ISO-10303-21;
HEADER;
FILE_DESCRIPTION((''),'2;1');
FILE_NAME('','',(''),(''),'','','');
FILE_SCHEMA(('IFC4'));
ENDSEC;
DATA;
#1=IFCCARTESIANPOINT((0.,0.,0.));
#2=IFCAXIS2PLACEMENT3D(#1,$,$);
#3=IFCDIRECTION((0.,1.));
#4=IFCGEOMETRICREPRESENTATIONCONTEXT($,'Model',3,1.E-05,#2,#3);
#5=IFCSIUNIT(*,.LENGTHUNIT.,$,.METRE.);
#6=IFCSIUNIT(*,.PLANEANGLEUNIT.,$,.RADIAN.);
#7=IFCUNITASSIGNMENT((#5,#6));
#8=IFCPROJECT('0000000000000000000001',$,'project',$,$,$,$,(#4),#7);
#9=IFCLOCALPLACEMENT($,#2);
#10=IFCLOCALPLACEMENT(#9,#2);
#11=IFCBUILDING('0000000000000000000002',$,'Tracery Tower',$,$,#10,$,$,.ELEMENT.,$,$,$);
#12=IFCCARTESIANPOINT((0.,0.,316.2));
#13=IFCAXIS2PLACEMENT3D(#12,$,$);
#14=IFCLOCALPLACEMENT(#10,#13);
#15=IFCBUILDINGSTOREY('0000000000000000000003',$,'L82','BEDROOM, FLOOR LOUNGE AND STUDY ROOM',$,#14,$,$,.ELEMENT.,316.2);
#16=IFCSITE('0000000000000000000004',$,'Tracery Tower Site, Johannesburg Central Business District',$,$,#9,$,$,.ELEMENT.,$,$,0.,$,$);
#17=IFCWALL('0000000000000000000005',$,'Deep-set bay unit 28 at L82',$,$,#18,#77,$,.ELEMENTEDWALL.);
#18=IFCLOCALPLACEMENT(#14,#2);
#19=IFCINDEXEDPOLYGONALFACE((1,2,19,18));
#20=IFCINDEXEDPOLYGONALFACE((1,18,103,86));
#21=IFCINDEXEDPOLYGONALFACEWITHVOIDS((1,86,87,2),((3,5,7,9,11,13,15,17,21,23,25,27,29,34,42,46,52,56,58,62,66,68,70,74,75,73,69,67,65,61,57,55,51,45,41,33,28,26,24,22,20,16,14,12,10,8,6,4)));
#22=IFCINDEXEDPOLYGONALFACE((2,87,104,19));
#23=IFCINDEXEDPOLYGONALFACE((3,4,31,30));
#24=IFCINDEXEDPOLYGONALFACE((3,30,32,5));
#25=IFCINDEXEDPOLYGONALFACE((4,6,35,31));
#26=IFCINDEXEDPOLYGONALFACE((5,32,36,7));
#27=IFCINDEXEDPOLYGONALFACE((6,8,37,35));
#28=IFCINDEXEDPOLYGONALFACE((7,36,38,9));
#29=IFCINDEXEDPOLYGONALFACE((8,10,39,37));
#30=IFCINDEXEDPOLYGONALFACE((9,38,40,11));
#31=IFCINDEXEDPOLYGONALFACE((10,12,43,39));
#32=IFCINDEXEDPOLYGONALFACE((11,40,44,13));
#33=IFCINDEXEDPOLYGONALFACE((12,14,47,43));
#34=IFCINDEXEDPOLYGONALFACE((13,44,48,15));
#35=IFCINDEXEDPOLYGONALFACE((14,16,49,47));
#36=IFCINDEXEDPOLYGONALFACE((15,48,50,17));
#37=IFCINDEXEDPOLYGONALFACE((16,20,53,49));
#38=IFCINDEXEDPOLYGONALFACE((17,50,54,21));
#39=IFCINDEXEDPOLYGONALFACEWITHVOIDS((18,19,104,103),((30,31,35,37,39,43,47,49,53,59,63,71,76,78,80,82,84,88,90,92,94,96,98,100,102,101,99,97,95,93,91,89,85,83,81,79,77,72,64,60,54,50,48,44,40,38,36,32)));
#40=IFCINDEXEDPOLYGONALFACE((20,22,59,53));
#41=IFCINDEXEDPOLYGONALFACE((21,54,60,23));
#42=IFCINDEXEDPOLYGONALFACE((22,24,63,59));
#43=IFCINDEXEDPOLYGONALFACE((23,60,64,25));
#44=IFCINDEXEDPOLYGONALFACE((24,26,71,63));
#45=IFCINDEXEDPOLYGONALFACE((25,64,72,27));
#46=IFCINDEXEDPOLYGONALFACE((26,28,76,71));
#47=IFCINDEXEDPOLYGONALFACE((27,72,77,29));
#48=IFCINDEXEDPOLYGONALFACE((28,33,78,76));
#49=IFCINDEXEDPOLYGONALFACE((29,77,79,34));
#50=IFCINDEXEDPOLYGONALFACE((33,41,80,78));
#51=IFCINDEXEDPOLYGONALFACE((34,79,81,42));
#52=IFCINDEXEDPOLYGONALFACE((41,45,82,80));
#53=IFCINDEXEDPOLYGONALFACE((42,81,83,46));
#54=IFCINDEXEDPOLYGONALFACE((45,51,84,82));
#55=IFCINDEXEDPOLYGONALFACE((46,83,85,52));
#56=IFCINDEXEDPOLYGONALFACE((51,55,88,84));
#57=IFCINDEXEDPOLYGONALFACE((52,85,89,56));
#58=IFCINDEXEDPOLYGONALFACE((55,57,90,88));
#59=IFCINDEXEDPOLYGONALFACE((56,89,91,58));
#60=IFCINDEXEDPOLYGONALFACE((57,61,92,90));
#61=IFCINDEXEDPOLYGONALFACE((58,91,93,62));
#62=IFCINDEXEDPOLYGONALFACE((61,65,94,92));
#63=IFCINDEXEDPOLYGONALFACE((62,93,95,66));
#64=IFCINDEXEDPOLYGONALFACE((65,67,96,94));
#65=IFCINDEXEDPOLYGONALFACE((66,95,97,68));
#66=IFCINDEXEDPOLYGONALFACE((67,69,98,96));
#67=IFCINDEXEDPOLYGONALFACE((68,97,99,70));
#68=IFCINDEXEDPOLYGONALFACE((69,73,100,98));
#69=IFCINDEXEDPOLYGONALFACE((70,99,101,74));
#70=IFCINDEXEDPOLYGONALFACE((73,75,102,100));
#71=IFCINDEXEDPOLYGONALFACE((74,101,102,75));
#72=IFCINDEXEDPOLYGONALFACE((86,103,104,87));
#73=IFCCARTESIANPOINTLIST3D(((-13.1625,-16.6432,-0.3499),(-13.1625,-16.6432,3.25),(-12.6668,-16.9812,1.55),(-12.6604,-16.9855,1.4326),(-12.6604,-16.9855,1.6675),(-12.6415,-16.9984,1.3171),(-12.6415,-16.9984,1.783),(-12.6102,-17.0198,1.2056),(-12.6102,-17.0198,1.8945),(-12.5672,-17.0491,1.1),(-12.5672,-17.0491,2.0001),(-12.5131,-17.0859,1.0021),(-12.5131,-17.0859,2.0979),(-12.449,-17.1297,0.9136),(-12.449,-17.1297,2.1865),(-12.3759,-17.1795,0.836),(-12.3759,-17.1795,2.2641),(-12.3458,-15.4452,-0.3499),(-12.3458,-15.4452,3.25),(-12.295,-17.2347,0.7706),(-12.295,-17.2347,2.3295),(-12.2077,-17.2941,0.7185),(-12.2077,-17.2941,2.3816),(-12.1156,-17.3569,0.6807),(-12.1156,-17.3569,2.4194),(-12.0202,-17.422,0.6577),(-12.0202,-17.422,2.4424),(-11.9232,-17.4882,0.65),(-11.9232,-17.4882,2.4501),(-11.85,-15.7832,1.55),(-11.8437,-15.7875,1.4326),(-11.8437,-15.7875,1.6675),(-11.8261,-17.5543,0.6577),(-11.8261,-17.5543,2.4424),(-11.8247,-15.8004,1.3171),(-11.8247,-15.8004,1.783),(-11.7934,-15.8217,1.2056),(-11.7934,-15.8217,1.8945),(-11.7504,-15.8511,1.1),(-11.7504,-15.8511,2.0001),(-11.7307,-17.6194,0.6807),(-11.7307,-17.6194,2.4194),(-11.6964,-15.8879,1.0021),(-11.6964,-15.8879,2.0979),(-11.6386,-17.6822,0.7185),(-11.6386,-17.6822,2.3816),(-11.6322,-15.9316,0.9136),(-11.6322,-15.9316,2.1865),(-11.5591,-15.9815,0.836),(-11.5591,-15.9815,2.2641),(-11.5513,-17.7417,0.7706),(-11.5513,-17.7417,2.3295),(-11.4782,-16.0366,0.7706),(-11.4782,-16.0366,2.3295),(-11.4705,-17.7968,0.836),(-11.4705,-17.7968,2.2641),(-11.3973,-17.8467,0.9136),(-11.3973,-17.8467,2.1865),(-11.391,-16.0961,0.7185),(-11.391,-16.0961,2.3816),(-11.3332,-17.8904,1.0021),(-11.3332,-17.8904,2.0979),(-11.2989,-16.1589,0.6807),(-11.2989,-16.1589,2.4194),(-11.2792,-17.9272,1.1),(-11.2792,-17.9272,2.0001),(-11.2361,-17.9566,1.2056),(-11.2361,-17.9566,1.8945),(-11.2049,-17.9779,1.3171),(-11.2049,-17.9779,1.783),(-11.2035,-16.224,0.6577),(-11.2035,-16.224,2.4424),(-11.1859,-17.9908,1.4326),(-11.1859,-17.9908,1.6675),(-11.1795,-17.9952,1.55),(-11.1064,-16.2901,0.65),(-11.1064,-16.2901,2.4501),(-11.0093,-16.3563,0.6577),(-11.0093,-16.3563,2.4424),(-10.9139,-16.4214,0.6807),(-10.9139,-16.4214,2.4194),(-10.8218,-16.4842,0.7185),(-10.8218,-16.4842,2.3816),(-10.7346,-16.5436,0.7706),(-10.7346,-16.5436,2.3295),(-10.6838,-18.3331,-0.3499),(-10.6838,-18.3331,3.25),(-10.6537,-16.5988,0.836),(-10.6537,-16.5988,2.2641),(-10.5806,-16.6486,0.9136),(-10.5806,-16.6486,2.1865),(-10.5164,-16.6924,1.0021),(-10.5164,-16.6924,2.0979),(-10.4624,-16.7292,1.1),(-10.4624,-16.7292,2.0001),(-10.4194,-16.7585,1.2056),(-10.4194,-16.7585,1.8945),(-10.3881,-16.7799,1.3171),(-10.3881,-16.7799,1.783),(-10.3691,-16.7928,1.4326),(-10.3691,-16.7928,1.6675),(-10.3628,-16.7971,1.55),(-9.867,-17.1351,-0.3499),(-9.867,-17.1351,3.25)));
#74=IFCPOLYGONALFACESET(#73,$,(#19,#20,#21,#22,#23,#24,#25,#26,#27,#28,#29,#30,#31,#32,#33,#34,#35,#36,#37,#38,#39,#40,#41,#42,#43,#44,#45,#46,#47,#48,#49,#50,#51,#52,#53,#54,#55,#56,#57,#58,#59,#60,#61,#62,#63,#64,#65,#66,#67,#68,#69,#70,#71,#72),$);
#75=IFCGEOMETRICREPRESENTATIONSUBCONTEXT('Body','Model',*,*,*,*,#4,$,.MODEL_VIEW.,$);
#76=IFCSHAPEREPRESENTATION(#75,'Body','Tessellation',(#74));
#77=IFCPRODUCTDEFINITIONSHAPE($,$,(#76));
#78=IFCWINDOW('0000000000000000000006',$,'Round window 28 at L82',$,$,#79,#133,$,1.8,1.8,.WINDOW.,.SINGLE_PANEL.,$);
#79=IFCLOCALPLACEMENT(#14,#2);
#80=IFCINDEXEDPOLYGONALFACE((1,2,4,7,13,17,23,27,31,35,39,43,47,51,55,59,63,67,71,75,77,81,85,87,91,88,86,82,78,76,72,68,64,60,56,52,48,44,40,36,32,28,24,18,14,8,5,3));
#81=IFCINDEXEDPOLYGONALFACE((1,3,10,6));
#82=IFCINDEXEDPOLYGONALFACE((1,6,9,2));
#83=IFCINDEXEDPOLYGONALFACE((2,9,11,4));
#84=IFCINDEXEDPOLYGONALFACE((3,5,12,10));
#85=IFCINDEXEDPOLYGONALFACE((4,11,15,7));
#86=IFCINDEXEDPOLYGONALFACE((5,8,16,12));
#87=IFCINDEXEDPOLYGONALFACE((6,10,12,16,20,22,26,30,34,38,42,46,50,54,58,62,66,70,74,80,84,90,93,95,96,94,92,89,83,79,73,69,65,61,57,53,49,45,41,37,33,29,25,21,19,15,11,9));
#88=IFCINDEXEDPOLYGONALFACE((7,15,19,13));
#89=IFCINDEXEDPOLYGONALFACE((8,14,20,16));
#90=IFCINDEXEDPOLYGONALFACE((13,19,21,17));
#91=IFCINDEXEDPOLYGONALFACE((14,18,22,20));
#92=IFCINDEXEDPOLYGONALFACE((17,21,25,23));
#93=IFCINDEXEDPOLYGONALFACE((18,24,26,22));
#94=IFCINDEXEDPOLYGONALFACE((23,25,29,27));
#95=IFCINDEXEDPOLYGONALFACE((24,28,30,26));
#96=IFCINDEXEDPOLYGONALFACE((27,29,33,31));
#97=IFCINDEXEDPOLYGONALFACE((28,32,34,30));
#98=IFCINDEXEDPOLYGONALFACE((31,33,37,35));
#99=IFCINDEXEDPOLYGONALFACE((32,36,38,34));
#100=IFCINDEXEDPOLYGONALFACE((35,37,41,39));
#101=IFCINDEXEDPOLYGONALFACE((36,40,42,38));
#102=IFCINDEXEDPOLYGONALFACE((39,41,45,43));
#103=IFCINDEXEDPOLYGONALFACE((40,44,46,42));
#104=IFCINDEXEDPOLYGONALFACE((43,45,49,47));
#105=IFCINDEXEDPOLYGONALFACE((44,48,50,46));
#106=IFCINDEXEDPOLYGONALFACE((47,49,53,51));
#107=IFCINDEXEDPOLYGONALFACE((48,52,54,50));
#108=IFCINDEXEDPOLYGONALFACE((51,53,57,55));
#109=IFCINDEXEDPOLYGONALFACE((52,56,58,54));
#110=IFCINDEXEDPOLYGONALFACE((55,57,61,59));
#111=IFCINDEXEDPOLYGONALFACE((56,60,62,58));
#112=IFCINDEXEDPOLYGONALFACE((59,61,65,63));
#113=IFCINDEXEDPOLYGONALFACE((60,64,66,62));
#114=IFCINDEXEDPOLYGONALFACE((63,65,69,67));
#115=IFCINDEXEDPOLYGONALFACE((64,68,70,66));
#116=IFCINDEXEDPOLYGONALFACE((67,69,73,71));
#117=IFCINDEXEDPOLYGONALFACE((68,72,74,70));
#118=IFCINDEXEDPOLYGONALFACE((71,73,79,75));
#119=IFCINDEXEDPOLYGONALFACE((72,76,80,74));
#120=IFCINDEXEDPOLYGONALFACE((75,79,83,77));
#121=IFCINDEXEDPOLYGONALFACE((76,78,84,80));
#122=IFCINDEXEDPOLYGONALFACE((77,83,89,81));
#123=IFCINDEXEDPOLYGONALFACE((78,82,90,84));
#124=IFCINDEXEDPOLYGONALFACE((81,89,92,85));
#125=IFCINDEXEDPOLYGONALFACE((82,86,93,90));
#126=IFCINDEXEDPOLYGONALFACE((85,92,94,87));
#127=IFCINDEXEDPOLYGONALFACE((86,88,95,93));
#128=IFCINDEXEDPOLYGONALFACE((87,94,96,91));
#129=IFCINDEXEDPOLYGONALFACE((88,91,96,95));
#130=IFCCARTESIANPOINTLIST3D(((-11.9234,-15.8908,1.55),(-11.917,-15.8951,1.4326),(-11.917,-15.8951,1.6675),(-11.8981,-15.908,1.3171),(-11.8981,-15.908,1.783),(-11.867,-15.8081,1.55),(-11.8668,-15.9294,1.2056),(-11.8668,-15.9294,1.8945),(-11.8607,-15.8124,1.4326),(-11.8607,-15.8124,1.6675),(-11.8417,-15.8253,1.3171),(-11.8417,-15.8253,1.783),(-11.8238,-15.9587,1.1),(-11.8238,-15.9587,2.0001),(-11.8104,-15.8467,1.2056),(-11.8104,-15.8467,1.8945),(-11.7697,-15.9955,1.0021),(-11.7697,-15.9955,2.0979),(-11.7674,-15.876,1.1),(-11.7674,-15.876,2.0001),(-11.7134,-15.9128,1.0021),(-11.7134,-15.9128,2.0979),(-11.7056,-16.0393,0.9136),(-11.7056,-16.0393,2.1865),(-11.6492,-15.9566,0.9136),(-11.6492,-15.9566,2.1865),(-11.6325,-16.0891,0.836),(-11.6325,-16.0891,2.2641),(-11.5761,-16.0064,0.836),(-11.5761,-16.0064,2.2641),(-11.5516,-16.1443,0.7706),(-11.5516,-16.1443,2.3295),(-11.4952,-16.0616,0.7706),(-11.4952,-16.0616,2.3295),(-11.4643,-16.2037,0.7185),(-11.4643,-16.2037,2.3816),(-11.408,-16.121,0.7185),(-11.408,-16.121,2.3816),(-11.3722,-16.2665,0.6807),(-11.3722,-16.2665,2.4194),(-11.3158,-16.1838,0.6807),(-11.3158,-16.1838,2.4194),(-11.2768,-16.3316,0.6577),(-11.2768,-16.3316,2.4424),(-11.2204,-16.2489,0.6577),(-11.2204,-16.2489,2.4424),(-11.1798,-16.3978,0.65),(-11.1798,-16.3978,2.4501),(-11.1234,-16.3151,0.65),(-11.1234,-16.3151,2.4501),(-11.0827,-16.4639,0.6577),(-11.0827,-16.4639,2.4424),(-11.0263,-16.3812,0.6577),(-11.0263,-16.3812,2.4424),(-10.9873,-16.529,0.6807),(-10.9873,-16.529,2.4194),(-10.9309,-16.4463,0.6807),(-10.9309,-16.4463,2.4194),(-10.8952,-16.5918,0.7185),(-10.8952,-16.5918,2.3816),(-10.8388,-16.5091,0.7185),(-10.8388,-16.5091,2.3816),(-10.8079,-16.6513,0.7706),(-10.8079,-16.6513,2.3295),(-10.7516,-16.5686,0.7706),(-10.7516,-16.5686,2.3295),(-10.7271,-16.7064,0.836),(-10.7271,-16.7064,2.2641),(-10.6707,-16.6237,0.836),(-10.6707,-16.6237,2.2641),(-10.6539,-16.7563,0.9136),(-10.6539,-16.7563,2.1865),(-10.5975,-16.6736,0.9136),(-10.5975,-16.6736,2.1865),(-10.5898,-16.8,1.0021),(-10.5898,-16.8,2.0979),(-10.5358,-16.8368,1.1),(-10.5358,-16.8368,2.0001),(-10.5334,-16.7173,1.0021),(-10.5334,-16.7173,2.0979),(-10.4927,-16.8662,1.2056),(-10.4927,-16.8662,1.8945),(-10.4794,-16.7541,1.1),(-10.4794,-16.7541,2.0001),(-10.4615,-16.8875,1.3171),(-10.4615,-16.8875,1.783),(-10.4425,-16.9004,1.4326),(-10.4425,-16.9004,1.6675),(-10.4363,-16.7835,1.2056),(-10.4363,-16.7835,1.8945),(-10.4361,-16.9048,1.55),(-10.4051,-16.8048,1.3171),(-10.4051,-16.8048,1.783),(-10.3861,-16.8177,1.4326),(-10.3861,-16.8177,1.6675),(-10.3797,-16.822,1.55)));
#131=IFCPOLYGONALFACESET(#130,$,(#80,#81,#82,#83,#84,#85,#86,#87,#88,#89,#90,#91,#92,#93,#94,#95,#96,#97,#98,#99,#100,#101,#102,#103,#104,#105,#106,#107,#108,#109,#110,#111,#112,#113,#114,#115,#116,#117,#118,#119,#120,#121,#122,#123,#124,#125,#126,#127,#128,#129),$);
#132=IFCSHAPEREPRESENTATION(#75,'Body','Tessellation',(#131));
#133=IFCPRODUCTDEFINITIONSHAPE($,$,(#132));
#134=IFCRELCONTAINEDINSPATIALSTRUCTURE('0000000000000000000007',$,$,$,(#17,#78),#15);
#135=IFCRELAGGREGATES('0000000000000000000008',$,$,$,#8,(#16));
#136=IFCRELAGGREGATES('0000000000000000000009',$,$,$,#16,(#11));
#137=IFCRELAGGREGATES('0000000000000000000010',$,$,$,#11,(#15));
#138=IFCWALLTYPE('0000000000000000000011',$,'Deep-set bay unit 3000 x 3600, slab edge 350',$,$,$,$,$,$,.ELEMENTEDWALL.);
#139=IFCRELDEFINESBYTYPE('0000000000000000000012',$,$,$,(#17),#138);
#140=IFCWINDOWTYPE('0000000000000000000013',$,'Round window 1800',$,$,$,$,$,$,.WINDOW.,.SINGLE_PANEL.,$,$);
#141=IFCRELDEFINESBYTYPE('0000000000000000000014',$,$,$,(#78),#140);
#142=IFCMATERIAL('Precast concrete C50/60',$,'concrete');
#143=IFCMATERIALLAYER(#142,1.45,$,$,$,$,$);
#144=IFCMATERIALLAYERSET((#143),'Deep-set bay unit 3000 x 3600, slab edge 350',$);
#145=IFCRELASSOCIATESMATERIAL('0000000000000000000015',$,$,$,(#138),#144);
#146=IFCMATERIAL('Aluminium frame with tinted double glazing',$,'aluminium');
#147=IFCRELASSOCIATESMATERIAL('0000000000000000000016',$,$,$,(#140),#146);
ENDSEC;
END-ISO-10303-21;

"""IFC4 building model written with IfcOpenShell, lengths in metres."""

from ifc_helpers import new_model, si_unit, direction, frame, frame_2d, origin, origin_2d, place, context, subcontext, project, spatial, rectangle, circle, extrude, material, layer, layer_set, type_object, element, fill, save


model = new_model("IFC4")

# Units and contexts
model_context = context("Model", 3, precision=1e-05, world=origin(), true_north=direction((0.0, 1.0)))
body_context = subcontext(model_context, "Body", "Model", "MODEL_VIEW")
ifc_project = project(units=[si_unit("LENGTHUNIT", "METRE"), si_unit("PLANEANGLEUNIT", "RADIAN")], contexts=[model_context])

# Site, building, storey
site_placement = place(None, origin())
site = spatial("IfcSite", under=ifc_project, at=site_placement, Name="Tracery Tower Site, Johannesburg Central Business District", CompositionType="ELEMENT", RefElevation=0.0)
building_placement = place(site_placement, origin())
building = spatial("IfcBuilding", under=site, at=building_placement, Name="Tracery Tower", CompositionType="ELEMENT")
storey_placement = place(building_placement, frame((0.0, 0.0, 316.2)))
storey = spatial("IfcBuildingStorey", under=building, at=storey_placement, Name="L82", Description="BEDROOM, FLOOR LOUNGE AND STUDY ROOM", CompositionType="ELEMENT", Elevation=316.2)

# Wall, opening, window
ifc_material_1 = material(Name="Precast concrete C50/60", Category="concrete")
ifc_layer_1 = layer(ifc_material_1, 1.45)
ifc_layer_set_1 = layer_set([ifc_layer_1], Name="Deep-set bay unit 3000 x 3600, slab edge 350")
wall_type_1 = type_object("IfcWallType", Name="Deep-set bay unit 3000 x 3600, slab edge 350", PredefinedType="ELEMENTEDWALL", material=ifc_layer_set_1)
ifc_material_2 = material(Name="Aluminium frame with tinted double glazing", Category="aluminium")
window_type = type_object("IfcWindowType", Name="Round window 1800", PartitioningType="SINGLE_PANEL", PredefinedType="WINDOW", material=ifc_material_2)
wall_1_placement = place(storey_placement, frame((-12.7542, -16.0442, -0.3499), z_axis=(0.0, 0.0, 1.0), x_axis=(0.826246, -0.563309, 0.0)))
wall_1 = element("IfcWall", 1, at=wall_1_placement, inside=storey, type_object=wall_type_1, Name="Deep-set bay unit 28 at L82", PredefinedType="ELEMENTEDWALL", context=body_context, shape_type="SweptSolid", body=[
    extrude(rectangle(XDim=3.0, YDim=1.45, at=frame_2d((1.5, 0.0))), origin(), (0.0, 0.0, 1.0), 3.5999),
])
opening_1_placement = place(wall_1_placement, frame((1.5, 0.0, 1.8999)))
opening_1 = element("IfcOpeningElement", 2, at=opening_1_placement, cuts=wall_1, PredefinedType="OPENING", context=body_context, shape_type="SweptSolid", body=[
    extrude(circle(Radius=0.9, at=origin_2d()), frame((0.0, 0.7349, 0.0), z_axis=(0.0, -1.0, 0.0), x_axis=(1.0, 0.0, 0.0)), (0.0, 0.0, 1.0), 1.47),
])
window_1_placement = place(opening_1_placement, origin())
window_1 = element("IfcWindow", 3, at=window_1_placement, inside=storey, type_object=window_type, Name="Round window 28 at L82", OverallHeight=1.8, OverallWidth=1.8, PartitioningType="SINGLE_PANEL", PredefinedType="WINDOW", context=body_context, shape_type="SweptSolid", body=[
    extrude(circle(Radius=0.9, at=origin_2d()), frame((0.0, 0.6948, 0.0), z_axis=(0.0, -1.0, 0.0), x_axis=(1.0, 0.0, 0.0)), (0.0, 0.0, 1.0), 0.1001),
])
fill(opening_1, window_1)

save(model, "model.ifc")
